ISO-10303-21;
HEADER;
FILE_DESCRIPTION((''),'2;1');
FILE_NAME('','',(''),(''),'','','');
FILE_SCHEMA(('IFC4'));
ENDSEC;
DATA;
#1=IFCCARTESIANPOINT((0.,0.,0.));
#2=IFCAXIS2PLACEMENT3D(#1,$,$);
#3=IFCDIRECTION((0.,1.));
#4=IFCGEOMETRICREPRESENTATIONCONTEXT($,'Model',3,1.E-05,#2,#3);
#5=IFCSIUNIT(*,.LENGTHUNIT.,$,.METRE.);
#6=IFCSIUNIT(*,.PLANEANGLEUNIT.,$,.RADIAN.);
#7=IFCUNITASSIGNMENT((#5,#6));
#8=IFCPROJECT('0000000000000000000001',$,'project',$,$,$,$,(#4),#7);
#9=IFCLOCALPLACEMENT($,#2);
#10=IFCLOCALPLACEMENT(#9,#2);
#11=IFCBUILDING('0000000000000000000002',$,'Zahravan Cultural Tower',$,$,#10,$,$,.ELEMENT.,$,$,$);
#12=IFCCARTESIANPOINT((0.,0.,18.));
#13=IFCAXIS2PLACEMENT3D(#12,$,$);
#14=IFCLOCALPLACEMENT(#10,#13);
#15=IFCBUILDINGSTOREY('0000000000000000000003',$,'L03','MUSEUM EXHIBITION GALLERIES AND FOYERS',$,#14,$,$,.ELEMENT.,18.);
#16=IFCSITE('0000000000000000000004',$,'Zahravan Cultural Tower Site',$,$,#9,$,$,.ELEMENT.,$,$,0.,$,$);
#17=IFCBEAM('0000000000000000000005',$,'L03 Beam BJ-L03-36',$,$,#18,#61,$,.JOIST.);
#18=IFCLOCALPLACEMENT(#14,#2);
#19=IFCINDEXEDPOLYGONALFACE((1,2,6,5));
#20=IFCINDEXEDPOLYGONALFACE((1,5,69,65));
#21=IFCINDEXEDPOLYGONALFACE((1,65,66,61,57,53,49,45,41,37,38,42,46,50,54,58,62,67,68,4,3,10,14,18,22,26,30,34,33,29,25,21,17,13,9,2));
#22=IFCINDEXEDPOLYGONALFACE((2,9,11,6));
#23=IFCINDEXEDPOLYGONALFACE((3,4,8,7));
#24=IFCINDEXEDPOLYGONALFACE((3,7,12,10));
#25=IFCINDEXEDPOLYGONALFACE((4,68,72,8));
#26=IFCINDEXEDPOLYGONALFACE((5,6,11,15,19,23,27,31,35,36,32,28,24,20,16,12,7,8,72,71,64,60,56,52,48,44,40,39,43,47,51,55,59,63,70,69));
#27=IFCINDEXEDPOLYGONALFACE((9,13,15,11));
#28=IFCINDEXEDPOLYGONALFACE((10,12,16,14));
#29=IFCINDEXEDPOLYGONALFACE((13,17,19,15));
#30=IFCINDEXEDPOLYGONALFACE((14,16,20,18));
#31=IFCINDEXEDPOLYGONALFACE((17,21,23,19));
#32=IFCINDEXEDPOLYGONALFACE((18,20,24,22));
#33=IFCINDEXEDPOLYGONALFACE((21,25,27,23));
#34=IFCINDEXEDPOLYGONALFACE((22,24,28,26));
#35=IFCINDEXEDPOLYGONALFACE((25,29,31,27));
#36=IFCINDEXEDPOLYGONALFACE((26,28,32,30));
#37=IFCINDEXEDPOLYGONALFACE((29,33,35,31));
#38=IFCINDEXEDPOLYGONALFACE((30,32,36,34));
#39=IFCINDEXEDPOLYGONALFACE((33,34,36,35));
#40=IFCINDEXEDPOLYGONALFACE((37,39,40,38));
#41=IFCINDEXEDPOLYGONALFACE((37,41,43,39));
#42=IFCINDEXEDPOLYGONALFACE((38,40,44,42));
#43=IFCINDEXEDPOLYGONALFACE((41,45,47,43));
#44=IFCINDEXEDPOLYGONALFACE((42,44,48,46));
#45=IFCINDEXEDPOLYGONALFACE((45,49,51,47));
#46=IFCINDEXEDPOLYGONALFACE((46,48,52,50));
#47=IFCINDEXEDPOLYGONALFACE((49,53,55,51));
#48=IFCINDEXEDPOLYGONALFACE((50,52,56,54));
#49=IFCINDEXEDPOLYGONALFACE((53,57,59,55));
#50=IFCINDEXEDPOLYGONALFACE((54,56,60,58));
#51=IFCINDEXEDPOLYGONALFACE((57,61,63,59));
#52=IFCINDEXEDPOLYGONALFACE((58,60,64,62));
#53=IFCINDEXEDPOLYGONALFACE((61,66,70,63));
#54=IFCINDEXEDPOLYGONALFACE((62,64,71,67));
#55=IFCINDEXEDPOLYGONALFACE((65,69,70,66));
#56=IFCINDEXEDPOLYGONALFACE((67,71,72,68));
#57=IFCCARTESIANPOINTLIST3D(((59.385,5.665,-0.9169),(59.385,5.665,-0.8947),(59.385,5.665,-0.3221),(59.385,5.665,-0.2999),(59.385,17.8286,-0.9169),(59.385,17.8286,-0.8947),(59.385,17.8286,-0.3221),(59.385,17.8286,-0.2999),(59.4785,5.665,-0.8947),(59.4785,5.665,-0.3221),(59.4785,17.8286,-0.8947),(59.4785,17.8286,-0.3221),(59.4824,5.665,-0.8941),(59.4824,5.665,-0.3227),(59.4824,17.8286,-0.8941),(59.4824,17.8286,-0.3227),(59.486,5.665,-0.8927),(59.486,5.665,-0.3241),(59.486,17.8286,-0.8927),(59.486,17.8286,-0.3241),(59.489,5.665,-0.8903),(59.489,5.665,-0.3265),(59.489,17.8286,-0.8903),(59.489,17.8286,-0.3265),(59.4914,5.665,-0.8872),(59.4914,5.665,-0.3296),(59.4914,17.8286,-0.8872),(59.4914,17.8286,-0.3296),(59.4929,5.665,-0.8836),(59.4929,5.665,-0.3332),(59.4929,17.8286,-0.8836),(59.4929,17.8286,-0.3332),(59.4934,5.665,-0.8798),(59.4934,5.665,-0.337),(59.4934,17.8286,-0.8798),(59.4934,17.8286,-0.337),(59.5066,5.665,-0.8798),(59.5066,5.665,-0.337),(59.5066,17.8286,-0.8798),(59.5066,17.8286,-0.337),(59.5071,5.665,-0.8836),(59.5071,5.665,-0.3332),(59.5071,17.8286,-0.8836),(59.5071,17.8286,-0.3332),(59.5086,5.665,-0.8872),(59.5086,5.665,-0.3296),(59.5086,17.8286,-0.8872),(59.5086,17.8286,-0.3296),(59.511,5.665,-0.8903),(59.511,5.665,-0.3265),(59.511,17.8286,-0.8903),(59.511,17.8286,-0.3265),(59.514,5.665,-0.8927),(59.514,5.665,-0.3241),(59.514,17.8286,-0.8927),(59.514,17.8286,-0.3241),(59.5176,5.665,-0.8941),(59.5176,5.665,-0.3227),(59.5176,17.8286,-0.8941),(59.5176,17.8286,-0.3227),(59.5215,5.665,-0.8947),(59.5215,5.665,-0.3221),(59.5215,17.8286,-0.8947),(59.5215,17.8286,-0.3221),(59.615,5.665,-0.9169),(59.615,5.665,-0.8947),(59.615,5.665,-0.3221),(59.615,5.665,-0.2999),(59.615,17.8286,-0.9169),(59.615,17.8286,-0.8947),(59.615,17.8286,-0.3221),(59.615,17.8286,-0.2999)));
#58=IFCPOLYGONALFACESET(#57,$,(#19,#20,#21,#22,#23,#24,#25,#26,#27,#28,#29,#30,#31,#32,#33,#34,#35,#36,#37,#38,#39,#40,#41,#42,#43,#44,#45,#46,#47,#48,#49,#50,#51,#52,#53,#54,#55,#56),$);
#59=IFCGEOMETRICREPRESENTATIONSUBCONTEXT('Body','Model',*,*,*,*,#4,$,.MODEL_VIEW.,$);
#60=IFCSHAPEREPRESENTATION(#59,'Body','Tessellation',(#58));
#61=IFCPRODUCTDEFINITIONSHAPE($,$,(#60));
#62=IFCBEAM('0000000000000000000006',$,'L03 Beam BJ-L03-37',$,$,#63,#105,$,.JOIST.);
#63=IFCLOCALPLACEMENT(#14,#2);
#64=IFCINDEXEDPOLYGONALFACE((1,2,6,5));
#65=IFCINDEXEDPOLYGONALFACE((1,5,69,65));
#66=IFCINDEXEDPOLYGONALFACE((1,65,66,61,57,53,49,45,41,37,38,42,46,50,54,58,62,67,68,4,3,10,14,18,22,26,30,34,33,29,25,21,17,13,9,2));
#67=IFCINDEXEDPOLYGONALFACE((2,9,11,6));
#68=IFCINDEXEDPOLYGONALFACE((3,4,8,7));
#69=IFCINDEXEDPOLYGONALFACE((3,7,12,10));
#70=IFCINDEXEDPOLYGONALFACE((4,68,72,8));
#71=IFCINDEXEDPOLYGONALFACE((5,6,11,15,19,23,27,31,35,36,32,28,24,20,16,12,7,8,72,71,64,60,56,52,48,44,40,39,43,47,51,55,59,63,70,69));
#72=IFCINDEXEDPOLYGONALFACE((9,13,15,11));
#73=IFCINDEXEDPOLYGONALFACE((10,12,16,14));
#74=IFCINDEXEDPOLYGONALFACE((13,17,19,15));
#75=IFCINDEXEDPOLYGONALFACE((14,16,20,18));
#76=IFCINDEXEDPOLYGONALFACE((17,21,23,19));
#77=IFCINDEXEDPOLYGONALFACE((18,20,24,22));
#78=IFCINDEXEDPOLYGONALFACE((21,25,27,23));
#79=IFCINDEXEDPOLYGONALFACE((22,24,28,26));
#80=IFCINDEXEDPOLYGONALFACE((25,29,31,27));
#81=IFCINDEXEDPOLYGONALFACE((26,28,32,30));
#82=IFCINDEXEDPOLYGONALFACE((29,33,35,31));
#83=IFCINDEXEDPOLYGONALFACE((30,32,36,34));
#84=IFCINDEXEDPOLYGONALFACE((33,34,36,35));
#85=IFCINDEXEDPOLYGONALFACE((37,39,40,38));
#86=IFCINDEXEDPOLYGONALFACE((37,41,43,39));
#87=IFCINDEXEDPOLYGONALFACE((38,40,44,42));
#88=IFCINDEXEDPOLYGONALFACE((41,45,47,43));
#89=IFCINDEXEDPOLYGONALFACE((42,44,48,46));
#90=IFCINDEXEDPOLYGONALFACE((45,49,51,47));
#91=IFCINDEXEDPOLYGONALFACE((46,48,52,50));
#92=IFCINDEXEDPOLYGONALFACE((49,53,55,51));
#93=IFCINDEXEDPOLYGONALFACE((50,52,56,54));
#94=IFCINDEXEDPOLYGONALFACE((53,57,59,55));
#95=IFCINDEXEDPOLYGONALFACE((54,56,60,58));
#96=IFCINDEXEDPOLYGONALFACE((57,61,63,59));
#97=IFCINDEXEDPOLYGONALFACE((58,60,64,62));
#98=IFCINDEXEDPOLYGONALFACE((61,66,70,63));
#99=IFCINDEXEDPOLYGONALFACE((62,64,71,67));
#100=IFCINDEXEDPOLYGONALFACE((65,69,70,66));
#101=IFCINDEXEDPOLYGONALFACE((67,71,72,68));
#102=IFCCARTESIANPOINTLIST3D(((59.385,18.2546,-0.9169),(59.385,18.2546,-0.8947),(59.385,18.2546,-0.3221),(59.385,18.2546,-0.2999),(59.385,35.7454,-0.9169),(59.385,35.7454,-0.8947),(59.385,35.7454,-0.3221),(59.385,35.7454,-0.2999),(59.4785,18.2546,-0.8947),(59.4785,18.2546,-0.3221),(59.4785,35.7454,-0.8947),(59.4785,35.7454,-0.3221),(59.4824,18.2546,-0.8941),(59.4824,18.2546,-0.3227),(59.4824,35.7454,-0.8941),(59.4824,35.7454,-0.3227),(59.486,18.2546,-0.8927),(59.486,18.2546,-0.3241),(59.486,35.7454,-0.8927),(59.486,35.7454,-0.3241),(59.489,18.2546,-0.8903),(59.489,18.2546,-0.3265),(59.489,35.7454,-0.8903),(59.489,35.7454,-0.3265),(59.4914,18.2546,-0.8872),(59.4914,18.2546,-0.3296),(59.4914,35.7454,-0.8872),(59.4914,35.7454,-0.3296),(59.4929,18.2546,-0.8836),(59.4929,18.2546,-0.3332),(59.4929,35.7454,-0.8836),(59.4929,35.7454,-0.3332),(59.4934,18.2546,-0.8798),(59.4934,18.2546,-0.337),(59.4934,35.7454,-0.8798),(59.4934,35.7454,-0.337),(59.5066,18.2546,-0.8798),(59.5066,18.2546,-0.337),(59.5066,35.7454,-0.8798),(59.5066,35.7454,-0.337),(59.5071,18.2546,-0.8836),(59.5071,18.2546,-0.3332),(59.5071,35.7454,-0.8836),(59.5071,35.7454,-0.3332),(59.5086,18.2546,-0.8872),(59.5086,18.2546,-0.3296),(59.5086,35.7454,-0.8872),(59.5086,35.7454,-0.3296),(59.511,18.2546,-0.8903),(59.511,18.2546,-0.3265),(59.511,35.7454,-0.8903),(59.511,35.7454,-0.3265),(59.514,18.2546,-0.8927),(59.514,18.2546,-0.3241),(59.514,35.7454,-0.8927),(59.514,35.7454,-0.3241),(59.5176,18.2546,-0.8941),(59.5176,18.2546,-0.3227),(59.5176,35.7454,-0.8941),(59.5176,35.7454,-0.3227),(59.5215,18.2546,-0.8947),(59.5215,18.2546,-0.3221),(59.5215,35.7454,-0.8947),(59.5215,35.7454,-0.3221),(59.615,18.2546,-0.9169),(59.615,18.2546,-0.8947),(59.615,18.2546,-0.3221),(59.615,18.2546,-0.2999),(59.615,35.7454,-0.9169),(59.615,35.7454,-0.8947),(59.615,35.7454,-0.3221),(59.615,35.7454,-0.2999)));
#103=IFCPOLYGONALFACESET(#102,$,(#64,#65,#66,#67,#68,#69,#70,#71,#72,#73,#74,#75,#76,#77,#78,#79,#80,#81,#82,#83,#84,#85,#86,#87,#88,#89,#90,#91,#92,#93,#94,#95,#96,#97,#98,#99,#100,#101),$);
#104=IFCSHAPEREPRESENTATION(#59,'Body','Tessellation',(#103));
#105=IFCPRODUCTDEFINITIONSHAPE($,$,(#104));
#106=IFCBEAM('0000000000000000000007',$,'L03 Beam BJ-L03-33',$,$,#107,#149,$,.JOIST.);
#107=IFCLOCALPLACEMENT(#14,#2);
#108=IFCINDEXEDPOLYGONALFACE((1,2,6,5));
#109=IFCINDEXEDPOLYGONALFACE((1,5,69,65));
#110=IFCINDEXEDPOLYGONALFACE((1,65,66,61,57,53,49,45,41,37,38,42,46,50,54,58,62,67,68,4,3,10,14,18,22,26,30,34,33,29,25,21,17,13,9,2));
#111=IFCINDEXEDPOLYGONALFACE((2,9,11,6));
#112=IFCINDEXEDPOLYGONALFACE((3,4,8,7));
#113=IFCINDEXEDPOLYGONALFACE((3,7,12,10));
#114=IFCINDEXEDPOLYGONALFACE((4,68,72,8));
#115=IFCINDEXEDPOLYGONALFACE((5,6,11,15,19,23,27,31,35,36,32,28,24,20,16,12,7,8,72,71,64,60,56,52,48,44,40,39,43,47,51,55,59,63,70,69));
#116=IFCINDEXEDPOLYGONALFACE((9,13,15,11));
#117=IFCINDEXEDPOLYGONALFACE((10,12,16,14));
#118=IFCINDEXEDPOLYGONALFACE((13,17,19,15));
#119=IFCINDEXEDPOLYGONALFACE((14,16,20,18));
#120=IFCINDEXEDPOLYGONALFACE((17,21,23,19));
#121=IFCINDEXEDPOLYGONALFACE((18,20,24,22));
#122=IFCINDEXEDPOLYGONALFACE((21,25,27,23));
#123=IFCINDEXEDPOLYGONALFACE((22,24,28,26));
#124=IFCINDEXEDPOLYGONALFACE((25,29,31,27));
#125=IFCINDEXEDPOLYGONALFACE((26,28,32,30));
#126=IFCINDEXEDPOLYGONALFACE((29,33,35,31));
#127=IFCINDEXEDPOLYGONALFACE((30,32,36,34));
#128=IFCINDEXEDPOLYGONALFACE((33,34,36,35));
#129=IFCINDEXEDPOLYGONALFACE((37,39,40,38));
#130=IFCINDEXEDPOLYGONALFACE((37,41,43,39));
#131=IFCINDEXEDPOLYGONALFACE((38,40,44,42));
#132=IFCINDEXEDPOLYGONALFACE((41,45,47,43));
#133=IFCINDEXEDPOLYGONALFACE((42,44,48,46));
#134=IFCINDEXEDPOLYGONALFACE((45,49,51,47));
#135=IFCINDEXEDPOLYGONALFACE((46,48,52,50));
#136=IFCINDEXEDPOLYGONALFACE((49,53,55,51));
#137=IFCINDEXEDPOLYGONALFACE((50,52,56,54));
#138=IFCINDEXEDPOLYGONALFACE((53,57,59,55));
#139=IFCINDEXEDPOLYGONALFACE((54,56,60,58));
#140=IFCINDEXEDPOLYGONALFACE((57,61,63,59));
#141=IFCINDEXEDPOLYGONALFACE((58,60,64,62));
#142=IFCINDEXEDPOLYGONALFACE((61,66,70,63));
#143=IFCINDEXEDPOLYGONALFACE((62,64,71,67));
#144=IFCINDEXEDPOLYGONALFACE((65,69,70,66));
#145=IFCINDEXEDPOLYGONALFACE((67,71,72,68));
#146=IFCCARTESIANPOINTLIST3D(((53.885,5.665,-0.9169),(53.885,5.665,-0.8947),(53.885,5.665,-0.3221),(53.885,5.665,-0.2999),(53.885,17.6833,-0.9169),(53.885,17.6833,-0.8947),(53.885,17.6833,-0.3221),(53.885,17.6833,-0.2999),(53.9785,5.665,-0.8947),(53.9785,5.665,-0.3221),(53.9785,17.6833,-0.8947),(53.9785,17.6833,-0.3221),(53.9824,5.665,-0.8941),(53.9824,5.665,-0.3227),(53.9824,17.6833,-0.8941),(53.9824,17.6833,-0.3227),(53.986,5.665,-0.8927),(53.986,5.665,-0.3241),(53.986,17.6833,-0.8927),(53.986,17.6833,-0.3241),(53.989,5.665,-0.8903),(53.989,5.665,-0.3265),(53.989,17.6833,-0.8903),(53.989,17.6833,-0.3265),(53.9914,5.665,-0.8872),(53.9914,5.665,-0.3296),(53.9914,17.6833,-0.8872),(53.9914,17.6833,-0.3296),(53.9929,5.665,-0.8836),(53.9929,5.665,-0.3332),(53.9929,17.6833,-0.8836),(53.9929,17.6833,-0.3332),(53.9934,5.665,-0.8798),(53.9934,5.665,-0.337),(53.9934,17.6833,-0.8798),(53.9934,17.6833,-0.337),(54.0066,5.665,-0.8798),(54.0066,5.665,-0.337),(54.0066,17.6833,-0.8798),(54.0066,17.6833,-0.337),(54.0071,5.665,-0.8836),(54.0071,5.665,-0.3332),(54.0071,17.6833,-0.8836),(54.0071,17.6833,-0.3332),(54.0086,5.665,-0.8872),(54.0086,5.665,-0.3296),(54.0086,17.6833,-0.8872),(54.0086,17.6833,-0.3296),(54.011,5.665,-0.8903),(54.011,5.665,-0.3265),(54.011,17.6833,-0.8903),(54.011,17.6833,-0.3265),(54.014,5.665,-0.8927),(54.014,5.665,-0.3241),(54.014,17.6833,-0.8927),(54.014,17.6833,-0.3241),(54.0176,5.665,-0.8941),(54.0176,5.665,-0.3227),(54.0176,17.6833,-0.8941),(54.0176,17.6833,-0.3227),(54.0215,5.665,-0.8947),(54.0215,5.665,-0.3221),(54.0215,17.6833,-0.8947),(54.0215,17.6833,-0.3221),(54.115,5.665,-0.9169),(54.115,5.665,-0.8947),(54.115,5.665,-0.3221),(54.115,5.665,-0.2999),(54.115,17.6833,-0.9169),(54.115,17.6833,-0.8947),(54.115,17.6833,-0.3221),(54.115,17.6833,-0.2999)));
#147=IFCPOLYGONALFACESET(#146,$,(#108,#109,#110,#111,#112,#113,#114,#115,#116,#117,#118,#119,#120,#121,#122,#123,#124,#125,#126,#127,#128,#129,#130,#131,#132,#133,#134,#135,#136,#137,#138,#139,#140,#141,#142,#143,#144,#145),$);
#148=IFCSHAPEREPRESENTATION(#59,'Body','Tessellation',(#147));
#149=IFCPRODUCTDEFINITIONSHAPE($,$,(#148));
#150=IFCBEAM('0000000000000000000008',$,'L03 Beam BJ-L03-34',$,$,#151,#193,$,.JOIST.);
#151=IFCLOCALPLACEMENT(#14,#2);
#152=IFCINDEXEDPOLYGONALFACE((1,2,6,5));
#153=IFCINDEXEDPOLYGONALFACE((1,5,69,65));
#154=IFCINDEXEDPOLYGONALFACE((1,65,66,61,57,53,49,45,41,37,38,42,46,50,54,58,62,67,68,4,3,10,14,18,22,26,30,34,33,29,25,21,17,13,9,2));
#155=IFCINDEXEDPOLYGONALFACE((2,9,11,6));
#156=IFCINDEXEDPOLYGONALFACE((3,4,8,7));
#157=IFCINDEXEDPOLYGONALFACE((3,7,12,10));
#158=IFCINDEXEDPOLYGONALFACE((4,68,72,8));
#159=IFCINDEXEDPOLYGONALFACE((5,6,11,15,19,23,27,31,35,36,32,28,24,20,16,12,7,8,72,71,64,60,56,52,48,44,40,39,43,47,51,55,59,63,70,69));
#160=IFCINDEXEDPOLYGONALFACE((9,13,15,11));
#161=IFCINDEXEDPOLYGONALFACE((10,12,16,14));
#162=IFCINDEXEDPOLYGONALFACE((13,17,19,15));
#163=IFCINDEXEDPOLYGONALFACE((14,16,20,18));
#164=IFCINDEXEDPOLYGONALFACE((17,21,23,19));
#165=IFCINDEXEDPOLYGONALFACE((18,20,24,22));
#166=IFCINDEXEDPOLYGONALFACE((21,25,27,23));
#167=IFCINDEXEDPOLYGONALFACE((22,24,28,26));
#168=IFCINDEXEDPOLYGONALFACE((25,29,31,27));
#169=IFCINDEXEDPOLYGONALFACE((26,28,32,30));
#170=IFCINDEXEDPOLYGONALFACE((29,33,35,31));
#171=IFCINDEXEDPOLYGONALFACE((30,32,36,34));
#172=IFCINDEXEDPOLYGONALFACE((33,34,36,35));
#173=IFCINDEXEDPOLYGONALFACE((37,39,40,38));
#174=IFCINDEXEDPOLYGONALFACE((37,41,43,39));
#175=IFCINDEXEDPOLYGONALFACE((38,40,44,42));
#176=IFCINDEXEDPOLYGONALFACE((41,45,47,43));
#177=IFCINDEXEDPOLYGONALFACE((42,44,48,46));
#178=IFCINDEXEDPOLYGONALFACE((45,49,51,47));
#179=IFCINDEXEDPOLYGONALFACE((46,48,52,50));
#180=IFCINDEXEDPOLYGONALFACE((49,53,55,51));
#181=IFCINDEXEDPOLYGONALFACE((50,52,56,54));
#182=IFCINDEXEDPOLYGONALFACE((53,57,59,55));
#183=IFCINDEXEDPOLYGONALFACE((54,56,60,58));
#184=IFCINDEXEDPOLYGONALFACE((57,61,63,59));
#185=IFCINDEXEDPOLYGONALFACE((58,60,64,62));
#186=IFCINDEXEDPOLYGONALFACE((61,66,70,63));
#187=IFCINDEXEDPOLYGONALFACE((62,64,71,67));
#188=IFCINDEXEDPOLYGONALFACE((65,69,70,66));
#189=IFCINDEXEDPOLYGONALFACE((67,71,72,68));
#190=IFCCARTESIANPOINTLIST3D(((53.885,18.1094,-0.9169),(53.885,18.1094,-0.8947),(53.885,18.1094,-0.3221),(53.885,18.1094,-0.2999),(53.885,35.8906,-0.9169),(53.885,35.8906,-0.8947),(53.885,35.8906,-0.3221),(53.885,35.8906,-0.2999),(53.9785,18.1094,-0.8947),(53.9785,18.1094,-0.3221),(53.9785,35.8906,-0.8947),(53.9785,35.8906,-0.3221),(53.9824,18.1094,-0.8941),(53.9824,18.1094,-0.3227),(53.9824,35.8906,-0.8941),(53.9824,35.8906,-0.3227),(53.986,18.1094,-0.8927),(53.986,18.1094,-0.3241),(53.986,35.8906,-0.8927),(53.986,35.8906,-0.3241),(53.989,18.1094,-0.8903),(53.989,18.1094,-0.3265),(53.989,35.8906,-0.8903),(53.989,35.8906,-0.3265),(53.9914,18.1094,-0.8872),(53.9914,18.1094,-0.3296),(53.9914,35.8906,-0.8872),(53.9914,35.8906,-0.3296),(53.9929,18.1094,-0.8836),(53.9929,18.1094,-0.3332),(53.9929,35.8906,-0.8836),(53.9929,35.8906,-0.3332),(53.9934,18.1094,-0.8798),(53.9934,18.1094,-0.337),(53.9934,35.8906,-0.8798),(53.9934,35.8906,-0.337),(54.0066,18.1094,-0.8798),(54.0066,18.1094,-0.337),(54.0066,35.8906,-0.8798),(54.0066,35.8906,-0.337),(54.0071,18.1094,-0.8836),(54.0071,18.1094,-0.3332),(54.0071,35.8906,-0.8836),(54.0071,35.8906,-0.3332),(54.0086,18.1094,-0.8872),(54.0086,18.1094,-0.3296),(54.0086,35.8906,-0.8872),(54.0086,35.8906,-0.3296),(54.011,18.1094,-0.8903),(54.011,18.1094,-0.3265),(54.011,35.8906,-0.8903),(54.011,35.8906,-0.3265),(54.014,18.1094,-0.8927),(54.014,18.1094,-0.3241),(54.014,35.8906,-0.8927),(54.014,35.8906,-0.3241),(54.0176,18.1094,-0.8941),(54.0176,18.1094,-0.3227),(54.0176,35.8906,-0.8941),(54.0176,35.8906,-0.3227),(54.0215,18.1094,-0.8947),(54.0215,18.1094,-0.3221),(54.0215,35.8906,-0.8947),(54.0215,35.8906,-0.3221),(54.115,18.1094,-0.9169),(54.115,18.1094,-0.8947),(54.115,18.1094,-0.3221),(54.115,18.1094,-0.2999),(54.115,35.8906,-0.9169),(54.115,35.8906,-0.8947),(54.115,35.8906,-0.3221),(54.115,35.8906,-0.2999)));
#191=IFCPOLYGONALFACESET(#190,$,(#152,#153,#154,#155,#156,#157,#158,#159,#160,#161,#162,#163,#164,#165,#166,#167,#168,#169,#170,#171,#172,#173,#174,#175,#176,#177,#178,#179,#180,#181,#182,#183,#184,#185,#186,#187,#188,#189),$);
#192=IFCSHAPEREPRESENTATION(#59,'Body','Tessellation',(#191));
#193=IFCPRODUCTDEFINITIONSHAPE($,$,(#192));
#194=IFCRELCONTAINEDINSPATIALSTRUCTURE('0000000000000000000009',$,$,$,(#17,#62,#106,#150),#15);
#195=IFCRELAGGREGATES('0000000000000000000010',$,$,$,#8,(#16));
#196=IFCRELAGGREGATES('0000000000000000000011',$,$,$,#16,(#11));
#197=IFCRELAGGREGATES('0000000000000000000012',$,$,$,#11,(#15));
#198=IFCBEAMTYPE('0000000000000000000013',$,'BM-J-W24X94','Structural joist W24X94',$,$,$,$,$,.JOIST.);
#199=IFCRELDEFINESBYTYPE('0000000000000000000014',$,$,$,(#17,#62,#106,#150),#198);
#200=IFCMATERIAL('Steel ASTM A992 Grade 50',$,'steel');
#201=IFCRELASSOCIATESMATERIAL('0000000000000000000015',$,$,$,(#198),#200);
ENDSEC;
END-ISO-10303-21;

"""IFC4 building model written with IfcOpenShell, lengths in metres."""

from ifc_helpers import new_model, si_unit, direction, frame, origin, origin_2d, place, context, subcontext, project, spatial, i_section, extrude, source, transform, mapped, material, material_profile, profile_set, type_object, element, save


model = new_model("IFC4")

# Units and contexts
model_context = context("Model", 3, precision=1e-05, world=origin(), true_north=direction((0.0, 1.0)))
body_context = subcontext(model_context, "Body", "Model", "MODEL_VIEW")
ifc_project = project(units=[si_unit("LENGTHUNIT", "METRE"), si_unit("PLANEANGLEUNIT", "RADIAN")], contexts=[model_context])

# Site, building, storey
site_placement = place(None, origin())
site = spatial("IfcSite", under=ifc_project, at=site_placement, Name="Zahravan Cultural Tower Site", CompositionType="ELEMENT", RefElevation=0.0)
building_placement = place(site_placement, origin())
building = spatial("IfcBuilding", under=site, at=building_placement, Name="Zahravan Cultural Tower", CompositionType="ELEMENT")
storey_placement = place(building_placement, frame((0.0, 0.0, 18.0)))
storey = spatial("IfcBuildingStorey", under=building, at=storey_placement, Name="L03", Description="MUSEUM EXHIBITION GALLERIES AND FOYERS", CompositionType="ELEMENT", Elevation=18.0)

# Beams
ifc_material_1 = material(Name="Steel ASTM A992 Grade 50", Category="steel")
ifc_material_profile_1 = material_profile(ifc_material_1, i_section(OverallWidth=0.23, OverallDepth=0.6169, WebThickness=0.0132, FlangeThickness=0.0222, FilletRadius=0.0149, at=origin_2d()), Name="W24X94")
ifc_profile_set_1 = profile_set([ifc_material_profile_1], Name="Steel ASTM A992 Grade 50")
beam_type = type_object("IfcBeamType", Name="BM-J-W24X94", Description="Structural joist W24X94", PredefinedType="JOIST", material=ifc_profile_set_1)
shared_shape_1 = source(origin(), body_context, "Body", "SweptSolid", [
    extrude(i_section(OverallWidth=0.23, OverallDepth=0.6169, WebThickness=0.0132, FlangeThickness=0.0222, FilletRadius=0.0149, at=origin_2d()), origin(), (0.0, 0.0, 1.0), 12.1636),
])
beam_1_placement = place(storey_placement, frame((59.5, 5.665, -0.6084), z_axis=(0.0, 1.0, 0.0), x_axis=(-1.0, 0.0, 0.0)))
element("IfcBeam", 1, at=beam_1_placement, inside=storey, type_object=beam_type, Name="L03 Beam BJ-L03-36", PredefinedType="JOIST", context=body_context, shape_type="MappedRepresentation", body=[
    mapped(shared_shape_1, transform((0.0, 0.0, 0.0), x_axis=(1.0, 0.0, 0.0), y_axis=(0.0, 1.0, 0.0), z_axis=(0.0, 0.0, 1.0), scale=1.0)),
])
shared_shape_2 = source(origin(), body_context, "Body", "SweptSolid", [
    extrude(i_section(OverallWidth=0.23, OverallDepth=0.6169, WebThickness=0.0132, FlangeThickness=0.0222, FilletRadius=0.0149, at=origin_2d()), origin(), (0.0, 0.0, 1.0), 17.4907),
])
beam_2_placement = place(storey_placement, frame((59.5, 18.2546, -0.6084), z_axis=(0.0, 1.0, 0.0), x_axis=(-1.0, 0.0, 0.0)))
element("IfcBeam", 2, at=beam_2_placement, inside=storey, type_object=beam_type, Name="L03 Beam BJ-L03-37", PredefinedType="JOIST", context=body_context, shape_type="MappedRepresentation", body=[
    mapped(shared_shape_2, transform((0.0, 0.0, 0.0), x_axis=(1.0, 0.0, 0.0), y_axis=(0.0, 1.0, 0.0), z_axis=(0.0, 0.0, 1.0), scale=1.0)),
])
shared_shape_3 = source(origin(), body_context, "Body", "SweptSolid", [
    extrude(i_section(OverallWidth=0.23, OverallDepth=0.6169, WebThickness=0.0132, FlangeThickness=0.0222, FilletRadius=0.0149, at=origin_2d()), origin(), (0.0, 0.0, 1.0), 12.0183),
])
beam_3_placement = place(storey_placement, frame((54.0, 5.665, -0.6084), z_axis=(0.0, 1.0, 0.0), x_axis=(-1.0, 0.0, 0.0)))
element("IfcBeam", 3, at=beam_3_placement, inside=storey, type_object=beam_type, Name="L03 Beam BJ-L03-33", PredefinedType="JOIST", context=body_context, shape_type="MappedRepresentation", body=[
    mapped(shared_shape_3, transform((0.0, 0.0, 0.0), x_axis=(1.0, 0.0, 0.0), y_axis=(0.0, 1.0, 0.0), z_axis=(0.0, 0.0, 1.0), scale=1.0)),
])
shared_shape_4 = source(origin(), body_context, "Body", "SweptSolid", [
    extrude(i_section(OverallWidth=0.23, OverallDepth=0.6169, WebThickness=0.0132, FlangeThickness=0.0222, FilletRadius=0.0149, at=origin_2d()), origin(), (0.0, 0.0, 1.0), 17.7812),
])
beam_4_placement = place(storey_placement, frame((54.0, 18.1094, -0.6084), z_axis=(0.0, 1.0, 0.0), x_axis=(-1.0, 0.0, 0.0)))
element("IfcBeam", 4, at=beam_4_placement, inside=storey, type_object=beam_type, Name="L03 Beam BJ-L03-34", PredefinedType="JOIST", context=body_context, shape_type="MappedRepresentation", body=[
    mapped(shared_shape_4, transform((0.0, 0.0, 0.0), x_axis=(1.0, 0.0, 0.0), y_axis=(0.0, 1.0, 0.0), z_axis=(0.0, 0.0, 1.0), scale=1.0)),
])

save(model, "model.ifc")
